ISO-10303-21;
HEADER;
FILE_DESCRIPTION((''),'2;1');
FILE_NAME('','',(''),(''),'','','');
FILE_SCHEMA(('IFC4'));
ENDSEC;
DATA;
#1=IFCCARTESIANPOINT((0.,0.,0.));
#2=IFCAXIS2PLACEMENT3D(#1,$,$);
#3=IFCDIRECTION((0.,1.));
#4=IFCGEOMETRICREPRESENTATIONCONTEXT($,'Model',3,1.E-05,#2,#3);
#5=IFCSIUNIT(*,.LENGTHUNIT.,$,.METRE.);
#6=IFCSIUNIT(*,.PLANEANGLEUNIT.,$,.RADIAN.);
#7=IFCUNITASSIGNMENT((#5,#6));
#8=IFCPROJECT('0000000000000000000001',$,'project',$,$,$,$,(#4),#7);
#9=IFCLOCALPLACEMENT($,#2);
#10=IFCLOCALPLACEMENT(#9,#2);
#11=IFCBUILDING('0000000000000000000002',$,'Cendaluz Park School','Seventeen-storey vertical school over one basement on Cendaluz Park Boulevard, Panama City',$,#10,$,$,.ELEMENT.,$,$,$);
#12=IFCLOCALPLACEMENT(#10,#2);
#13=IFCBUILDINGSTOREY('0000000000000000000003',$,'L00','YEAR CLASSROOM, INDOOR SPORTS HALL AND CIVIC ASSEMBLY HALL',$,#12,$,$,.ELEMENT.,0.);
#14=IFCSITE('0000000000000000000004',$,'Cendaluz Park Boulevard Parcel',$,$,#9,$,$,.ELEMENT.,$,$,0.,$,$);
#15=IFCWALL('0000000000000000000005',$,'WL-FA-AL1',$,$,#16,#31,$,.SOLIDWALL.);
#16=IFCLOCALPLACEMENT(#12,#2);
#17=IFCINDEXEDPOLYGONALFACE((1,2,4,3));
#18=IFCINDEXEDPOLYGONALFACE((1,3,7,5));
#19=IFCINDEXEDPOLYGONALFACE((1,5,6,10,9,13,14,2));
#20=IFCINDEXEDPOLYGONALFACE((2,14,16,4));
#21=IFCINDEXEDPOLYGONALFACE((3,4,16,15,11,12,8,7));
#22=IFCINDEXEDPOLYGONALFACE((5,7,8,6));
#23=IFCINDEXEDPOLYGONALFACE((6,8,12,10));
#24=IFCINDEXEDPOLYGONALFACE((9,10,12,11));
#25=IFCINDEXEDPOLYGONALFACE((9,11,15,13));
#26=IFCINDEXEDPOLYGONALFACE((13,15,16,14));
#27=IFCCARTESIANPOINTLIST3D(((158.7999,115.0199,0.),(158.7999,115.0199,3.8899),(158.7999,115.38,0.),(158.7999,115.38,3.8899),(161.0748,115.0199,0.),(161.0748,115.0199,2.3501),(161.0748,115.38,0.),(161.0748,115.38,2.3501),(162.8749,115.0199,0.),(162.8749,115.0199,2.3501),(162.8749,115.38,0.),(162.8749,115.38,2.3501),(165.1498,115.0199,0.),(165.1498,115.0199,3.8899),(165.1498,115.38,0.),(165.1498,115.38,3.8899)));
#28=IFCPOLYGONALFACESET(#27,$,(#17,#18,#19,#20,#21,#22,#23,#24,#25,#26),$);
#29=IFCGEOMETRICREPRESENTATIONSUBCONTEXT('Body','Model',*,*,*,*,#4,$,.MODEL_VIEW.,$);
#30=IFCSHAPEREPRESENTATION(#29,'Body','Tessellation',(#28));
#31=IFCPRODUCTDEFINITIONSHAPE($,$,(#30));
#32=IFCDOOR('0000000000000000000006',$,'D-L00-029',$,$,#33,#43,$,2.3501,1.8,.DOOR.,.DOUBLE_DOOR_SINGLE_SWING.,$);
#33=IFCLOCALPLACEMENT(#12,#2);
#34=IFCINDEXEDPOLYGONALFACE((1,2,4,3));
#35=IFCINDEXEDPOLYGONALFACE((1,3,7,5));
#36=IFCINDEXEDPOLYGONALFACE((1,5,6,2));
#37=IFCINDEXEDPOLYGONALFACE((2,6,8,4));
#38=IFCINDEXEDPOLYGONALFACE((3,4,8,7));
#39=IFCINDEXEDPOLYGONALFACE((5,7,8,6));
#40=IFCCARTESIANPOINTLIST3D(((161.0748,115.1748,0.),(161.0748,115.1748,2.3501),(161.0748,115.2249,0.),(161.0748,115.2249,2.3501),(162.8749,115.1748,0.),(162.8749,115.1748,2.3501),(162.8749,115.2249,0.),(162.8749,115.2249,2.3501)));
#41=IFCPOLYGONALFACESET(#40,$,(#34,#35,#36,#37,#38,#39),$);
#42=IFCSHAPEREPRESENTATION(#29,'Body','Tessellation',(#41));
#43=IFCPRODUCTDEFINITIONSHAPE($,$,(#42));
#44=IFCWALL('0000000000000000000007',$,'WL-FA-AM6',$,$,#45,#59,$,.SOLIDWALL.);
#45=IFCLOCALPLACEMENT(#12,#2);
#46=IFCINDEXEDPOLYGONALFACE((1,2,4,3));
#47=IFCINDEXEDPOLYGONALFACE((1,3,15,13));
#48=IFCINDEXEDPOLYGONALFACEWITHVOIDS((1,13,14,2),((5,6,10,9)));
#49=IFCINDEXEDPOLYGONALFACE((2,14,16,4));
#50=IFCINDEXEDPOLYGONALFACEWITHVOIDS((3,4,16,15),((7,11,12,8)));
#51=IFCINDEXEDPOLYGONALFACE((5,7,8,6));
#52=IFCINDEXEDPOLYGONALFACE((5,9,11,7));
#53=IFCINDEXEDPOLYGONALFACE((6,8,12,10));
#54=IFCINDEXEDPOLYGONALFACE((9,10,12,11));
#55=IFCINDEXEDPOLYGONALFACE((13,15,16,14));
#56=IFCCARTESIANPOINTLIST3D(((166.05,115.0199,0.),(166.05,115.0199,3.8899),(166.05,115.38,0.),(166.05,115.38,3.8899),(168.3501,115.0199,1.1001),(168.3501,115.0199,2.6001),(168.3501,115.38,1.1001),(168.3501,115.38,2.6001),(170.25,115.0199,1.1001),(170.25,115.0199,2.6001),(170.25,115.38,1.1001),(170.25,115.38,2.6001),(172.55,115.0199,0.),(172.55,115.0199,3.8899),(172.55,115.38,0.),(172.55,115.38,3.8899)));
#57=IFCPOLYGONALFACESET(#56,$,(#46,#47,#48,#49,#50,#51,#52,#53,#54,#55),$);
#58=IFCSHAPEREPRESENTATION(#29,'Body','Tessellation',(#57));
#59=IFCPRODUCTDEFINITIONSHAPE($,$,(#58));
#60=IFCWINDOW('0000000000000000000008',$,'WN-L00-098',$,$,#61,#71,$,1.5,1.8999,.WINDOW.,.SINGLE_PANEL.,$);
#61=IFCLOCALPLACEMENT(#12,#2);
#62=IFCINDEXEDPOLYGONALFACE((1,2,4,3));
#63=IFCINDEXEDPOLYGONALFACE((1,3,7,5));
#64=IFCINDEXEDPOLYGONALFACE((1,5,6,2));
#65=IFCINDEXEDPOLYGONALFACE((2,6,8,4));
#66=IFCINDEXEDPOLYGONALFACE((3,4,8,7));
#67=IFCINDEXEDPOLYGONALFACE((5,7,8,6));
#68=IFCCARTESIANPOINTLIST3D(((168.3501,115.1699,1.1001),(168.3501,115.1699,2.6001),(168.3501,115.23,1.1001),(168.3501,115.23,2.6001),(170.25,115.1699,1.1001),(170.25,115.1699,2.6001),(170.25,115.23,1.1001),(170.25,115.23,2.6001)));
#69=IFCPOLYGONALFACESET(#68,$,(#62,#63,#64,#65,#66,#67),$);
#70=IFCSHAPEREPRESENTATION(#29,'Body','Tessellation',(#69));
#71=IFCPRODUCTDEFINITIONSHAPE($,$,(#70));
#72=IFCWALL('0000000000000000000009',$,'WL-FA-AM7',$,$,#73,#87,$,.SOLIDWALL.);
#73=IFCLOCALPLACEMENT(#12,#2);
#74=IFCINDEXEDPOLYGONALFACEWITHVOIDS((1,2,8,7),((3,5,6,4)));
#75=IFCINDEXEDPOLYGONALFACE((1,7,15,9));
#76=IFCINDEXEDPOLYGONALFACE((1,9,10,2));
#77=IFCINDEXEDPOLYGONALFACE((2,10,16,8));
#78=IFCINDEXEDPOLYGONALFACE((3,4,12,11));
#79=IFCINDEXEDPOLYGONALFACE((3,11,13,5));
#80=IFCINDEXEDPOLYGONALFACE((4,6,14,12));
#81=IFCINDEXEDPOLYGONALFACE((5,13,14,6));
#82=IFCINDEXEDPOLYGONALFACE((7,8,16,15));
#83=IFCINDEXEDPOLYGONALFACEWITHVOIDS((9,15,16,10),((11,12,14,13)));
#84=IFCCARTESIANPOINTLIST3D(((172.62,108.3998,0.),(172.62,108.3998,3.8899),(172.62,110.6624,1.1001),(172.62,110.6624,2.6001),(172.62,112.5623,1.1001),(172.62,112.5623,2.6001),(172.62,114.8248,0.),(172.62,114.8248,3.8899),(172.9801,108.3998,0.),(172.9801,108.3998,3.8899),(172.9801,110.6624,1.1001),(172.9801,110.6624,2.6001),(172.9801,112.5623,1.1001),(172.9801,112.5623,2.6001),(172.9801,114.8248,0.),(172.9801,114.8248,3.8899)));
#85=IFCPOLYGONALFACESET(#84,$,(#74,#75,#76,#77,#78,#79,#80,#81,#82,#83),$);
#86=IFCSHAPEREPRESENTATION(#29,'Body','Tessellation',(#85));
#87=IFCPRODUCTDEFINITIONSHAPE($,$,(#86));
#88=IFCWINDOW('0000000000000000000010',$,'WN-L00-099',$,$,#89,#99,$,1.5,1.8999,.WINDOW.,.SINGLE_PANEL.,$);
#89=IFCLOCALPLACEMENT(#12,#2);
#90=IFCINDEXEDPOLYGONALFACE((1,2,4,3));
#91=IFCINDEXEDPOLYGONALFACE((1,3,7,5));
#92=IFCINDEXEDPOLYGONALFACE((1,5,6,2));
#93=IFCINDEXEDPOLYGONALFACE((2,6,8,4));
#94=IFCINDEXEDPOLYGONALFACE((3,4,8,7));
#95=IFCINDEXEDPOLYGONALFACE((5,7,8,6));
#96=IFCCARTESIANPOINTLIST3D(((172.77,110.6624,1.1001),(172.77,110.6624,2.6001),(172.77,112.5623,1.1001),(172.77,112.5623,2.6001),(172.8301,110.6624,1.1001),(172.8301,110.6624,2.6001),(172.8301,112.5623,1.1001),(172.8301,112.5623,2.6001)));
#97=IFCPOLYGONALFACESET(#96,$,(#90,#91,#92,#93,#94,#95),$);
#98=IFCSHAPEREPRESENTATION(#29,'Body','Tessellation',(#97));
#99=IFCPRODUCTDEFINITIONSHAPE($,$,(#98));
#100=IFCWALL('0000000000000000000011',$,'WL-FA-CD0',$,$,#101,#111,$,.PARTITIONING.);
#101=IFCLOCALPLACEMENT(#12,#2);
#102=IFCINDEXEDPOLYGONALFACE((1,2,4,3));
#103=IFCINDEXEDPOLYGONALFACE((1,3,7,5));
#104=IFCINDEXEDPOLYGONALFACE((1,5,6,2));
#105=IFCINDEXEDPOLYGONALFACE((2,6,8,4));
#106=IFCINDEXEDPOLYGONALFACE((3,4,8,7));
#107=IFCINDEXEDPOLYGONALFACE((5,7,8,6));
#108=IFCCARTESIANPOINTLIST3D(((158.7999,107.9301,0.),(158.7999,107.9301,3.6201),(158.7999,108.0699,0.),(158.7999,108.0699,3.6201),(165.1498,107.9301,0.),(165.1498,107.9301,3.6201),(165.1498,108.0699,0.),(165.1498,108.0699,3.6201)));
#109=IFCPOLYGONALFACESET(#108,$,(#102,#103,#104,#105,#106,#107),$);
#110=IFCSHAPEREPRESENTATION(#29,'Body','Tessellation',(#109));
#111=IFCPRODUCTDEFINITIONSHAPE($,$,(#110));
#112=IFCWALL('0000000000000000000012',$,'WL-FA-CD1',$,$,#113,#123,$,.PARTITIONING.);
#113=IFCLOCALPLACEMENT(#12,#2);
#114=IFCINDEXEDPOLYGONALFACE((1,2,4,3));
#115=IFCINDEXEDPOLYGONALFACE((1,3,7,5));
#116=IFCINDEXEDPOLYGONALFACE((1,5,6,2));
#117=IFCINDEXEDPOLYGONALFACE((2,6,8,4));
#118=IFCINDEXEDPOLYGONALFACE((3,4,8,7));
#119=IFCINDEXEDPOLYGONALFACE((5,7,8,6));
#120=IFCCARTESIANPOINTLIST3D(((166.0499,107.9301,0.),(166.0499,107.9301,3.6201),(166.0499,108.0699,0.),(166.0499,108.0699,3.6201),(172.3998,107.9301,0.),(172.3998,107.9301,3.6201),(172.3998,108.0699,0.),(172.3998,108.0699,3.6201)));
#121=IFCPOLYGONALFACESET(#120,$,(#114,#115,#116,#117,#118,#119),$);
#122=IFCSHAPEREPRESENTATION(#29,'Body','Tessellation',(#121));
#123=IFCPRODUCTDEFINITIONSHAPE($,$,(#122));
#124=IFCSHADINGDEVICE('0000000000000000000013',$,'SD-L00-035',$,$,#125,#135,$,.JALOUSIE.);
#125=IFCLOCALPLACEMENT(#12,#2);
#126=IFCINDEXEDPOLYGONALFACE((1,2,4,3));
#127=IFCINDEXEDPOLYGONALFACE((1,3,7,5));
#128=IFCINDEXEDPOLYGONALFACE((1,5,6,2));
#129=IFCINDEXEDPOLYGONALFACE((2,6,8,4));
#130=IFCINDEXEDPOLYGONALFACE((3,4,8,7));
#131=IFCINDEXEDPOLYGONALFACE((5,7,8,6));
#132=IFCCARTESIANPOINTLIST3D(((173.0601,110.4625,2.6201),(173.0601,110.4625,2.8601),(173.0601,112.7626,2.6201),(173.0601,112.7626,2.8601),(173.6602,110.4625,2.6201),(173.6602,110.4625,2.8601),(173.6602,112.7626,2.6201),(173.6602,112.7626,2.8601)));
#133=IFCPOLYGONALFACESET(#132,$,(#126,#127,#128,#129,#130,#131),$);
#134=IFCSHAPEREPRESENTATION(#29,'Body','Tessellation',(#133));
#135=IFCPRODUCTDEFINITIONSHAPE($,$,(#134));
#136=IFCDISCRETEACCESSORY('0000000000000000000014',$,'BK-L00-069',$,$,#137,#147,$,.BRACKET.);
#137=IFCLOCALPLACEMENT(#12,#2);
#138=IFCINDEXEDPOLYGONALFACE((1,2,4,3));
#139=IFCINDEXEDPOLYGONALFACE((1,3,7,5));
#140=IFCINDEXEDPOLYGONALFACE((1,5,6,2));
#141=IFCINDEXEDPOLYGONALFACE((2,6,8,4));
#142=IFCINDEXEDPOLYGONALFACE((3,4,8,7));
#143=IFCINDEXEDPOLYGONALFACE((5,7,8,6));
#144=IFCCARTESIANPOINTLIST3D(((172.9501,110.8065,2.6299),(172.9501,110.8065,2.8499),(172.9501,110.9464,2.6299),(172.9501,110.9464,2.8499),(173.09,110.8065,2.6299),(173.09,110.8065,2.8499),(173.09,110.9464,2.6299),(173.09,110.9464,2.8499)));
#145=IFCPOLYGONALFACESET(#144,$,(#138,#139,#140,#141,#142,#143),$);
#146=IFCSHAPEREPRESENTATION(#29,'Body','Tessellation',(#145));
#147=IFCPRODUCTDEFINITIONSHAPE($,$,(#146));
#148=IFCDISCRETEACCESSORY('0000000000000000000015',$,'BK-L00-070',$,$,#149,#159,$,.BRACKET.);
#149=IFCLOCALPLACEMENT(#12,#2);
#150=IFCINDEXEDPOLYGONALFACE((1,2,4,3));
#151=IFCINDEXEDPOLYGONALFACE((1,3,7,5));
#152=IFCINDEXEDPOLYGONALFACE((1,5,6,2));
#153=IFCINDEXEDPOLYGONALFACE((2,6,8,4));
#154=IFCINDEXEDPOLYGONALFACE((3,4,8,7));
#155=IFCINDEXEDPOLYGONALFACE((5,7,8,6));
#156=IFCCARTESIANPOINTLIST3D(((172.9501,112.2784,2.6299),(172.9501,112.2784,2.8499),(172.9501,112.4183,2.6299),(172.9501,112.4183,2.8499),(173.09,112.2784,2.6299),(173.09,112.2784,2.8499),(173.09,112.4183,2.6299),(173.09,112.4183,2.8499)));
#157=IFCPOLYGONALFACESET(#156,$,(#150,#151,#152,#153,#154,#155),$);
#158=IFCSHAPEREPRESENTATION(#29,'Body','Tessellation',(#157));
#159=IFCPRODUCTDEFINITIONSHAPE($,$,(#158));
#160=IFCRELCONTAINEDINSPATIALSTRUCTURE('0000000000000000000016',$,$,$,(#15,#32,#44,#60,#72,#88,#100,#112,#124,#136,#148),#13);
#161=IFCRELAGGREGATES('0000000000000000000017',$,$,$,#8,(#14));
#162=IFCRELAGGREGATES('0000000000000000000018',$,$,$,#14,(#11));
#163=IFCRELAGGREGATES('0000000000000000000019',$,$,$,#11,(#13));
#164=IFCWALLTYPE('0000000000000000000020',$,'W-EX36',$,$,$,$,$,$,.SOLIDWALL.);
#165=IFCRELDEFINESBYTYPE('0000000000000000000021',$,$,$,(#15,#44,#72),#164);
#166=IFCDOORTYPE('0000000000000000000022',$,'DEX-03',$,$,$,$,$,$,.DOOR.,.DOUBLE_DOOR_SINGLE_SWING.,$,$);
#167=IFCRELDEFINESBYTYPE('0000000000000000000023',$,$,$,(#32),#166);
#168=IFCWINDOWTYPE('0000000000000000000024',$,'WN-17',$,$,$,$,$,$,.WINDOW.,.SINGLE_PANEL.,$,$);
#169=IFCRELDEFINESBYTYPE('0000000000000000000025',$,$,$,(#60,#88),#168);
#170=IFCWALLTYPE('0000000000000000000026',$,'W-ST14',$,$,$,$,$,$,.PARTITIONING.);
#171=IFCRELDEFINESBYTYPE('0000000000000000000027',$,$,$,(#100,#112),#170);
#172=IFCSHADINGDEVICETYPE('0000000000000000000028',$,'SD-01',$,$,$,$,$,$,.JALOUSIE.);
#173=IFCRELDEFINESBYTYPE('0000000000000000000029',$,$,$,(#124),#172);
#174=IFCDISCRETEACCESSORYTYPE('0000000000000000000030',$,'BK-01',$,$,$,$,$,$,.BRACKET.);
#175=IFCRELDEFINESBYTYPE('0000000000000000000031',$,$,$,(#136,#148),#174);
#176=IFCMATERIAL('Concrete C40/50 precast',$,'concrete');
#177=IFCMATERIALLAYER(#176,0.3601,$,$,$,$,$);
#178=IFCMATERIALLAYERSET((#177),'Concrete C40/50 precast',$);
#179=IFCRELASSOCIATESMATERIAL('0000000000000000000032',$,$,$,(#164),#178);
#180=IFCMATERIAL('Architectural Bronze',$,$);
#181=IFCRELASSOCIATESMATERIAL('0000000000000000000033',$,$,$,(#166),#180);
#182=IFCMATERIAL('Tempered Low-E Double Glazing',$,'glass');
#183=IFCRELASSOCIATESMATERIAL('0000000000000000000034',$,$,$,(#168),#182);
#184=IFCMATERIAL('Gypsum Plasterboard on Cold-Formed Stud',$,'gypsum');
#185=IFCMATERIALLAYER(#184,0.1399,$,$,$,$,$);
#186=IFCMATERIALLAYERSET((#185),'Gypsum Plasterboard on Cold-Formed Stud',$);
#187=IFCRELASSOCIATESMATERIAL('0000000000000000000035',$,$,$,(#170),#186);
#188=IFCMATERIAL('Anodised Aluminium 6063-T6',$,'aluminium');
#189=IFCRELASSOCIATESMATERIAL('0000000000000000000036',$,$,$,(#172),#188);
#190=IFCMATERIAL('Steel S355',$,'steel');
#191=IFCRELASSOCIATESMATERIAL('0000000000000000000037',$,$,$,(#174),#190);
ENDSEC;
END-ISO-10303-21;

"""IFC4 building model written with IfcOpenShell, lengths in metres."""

from ifc_helpers import new_model, si_unit, direction, frame, frame_2d, origin, origin_2d, place, context, subcontext, project, spatial, rectangle, extrude, material, layer, layer_set, type_object, element, fill, save


model = new_model("IFC4")

# Units and contexts
model_context = context("Model", 3, precision=1e-05, world=origin(), true_north=direction((0.0, 1.0)))
body_context = subcontext(model_context, "Body", "Model", "MODEL_VIEW")
ifc_project = project(units=[si_unit("LENGTHUNIT", "METRE"), si_unit("PLANEANGLEUNIT", "RADIAN")], contexts=[model_context])

# Site, building, storey
site_placement = place(None, origin())
site = spatial("IfcSite", under=ifc_project, at=site_placement, Name="Cendaluz Park Boulevard Parcel", CompositionType="ELEMENT", RefElevation=0.0)
building_placement = place(site_placement, origin())
building = spatial("IfcBuilding", under=site, at=building_placement, Name="Cendaluz Park School", Description="Seventeen-storey vertical school over one basement on Cendaluz Park Boulevard, Panama City", CompositionType="ELEMENT")
storey_placement = place(building_placement, origin())
storey = spatial("IfcBuildingStorey", under=building, at=storey_placement, Name="L00", Description="YEAR CLASSROOM, INDOOR SPORTS HALL AND CIVIC ASSEMBLY HALL", CompositionType="ELEMENT", Elevation=0.0)

# Wall, opening, door
ifc_material_1 = material(Name="Concrete C40/50 precast", Category="concrete")
ifc_layer_1 = layer(ifc_material_1, 0.3601)
ifc_layer_set_1 = layer_set([ifc_layer_1], Name="Concrete C40/50 precast")
wall_type_1 = type_object("IfcWallType", Name="W-EX36", PredefinedType="SOLIDWALL", material=ifc_layer_set_1)
wall_1_placement = place(storey_placement, frame((158.8, 115.2, 0.0), z_axis=(0.0, 0.0, 1.0), x_axis=(1.0, 0.0, 0.0)))
wall_1 = element("IfcWall", 1, at=wall_1_placement, inside=storey, type_object=wall_type_1, Name="WL-FA-AL1", PredefinedType="SOLIDWALL", context=body_context, shape_type="SweptSolid", body=[
    extrude(rectangle(XDim=6.3499, YDim=0.3601, at=frame_2d((3.1748, 0.0))), origin(), (0.0, 0.0, 1.0), 3.8899),
])
opening_1_placement = place(wall_1_placement, frame((2.2749, 0.0, 0.0)))
opening_1 = element("IfcOpeningElement", 2, at=opening_1_placement, cuts=wall_1, PredefinedType="OPENING", context=body_context, shape_type="SweptSolid", body=[
    extrude(rectangle(XDim=1.8, YDim=2.3501, at=frame_2d((0.8999, 1.175))), frame((0.0, 0.1921, 0.0), z_axis=(0.0, -1.0, 0.0), x_axis=(1.0, 0.0, 0.0)), (0.0, 0.0, 1.0), 0.384),
])
ifc_material_2 = material(Name="Architectural Bronze")
door_type = type_object("IfcDoorType", Name="DEX-03", OperationType="DOUBLE_DOOR_SINGLE_SWING", PredefinedType="DOOR", material=ifc_material_2)
door_placement = place(opening_1_placement, origin())
door = element("IfcDoor", 3, at=door_placement, inside=storey, type_object=door_type, Name="D-L00-029", OperationType="DOUBLE_DOOR_SINGLE_SWING", OverallHeight=2.3501, OverallWidth=1.8, PredefinedType="DOOR", context=body_context, shape_type="SweptSolid", body=[
    extrude(rectangle(XDim=1.8, YDim=2.3501, at=frame_2d((0.8999, 1.175))), frame((0.0, 0.0249, 0.0), z_axis=(0.0, -1.0, 0.0), x_axis=(1.0, 0.0, 0.0)), (0.0, 0.0, 1.0), 0.05),
])
fill(opening_1, door)

# Walls, openings, windows
wall_2_placement = place(storey_placement, frame((166.05, 115.2, 0.0), z_axis=(0.0, 0.0, 1.0), x_axis=(1.0, 0.0, 0.0)))
wall_2 = element("IfcWall", 4, at=wall_2_placement, inside=storey, type_object=wall_type_1, Name="WL-FA-AM6", PredefinedType="SOLIDWALL", context=body_context, shape_type="SweptSolid", body=[
    extrude(rectangle(XDim=6.5, YDim=0.3601, at=frame_2d((3.25, 0.0))), origin(), (0.0, 0.0, 1.0), 3.8899),
])
opening_2_placement = place(wall_2_placement, frame((2.3, 0.0, 1.1001)))
opening_2 = element("IfcOpeningElement", 5, at=opening_2_placement, cuts=wall_2, PredefinedType="OPENING", context=body_context, shape_type="SweptSolid", body=[
    extrude(rectangle(XDim=1.8999, YDim=1.5, at=frame_2d((0.95, 0.75))), frame((0.0, 0.1921, 0.0), z_axis=(0.0, -1.0, 0.0), x_axis=(1.0, 0.0, 0.0)), (0.0, 0.0, 1.0), 0.384),
])
ifc_material_3 = material(Name="Tempered Low-E Double Glazing", Category="glass")
window_type = type_object("IfcWindowType", Name="WN-17", PartitioningType="SINGLE_PANEL", PredefinedType="WINDOW", material=ifc_material_3)
window_1_placement = place(opening_2_placement, origin())
window_1 = element("IfcWindow", 6, at=window_1_placement, inside=storey, type_object=window_type, Name="WN-L00-098", OverallHeight=1.5, OverallWidth=1.8999, PartitioningType="SINGLE_PANEL", PredefinedType="WINDOW", context=body_context, shape_type="SweptSolid", body=[
    extrude(rectangle(XDim=1.8999, YDim=1.5, at=frame_2d((0.95, 0.75))), frame((0.0, 0.03, 0.0), z_axis=(0.0, -1.0, 0.0), x_axis=(1.0, 0.0, 0.0)), (0.0, 0.0, 1.0), 0.0601),
])
fill(opening_2, window_1)
wall_3_placement = place(storey_placement, frame((172.8, 108.3999, 0.0), z_axis=(0.0, 0.0, 1.0), x_axis=(0.0, 1.0, 0.0)))
wall_3 = element("IfcWall", 7, at=wall_3_placement, inside=storey, type_object=wall_type_1, Name="WL-FA-AM7", PredefinedType="SOLIDWALL", context=body_context, shape_type="SweptSolid", body=[
    extrude(rectangle(XDim=6.425, YDim=0.3601, at=frame_2d((3.2124, 0.0))), origin(), (0.0, 0.0, 1.0), 3.8899),
])
opening_3_placement = place(wall_3_placement, frame((2.2625, 0.0, 1.1001)))
opening_3 = element("IfcOpeningElement", 8, at=opening_3_placement, cuts=wall_3, PredefinedType="OPENING", context=body_context, shape_type="SweptSolid", body=[
    extrude(rectangle(XDim=1.8999, YDim=1.5, at=frame_2d((0.95, 0.75))), frame((0.0, 0.1921, 0.0), z_axis=(0.0, -1.0, 0.0), x_axis=(1.0, 0.0, 0.0)), (0.0, 0.0, 1.0), 0.384),
])
window_2_placement = place(opening_3_placement, origin())
window_2 = element("IfcWindow", 9, at=window_2_placement, inside=storey, type_object=window_type, Name="WN-L00-099", OverallHeight=1.5, OverallWidth=1.8999, PartitioningType="SINGLE_PANEL", PredefinedType="WINDOW", context=body_context, shape_type="SweptSolid", body=[
    extrude(rectangle(XDim=1.8999, YDim=1.5, at=frame_2d((0.95, 0.75))), frame((0.0, 0.03, 0.0), z_axis=(0.0, -1.0, 0.0), x_axis=(1.0, 0.0, 0.0)), (0.0, 0.0, 1.0), 0.0601),
])
fill(opening_3, window_2)

# Walls
ifc_material_4 = material(Name="Gypsum Plasterboard on Cold-Formed Stud", Category="gypsum")
ifc_layer_2 = layer(ifc_material_4, 0.1399)
ifc_layer_set_2 = layer_set([ifc_layer_2], Name="Gypsum Plasterboard on Cold-Formed Stud")
wall_type_2 = type_object("IfcWallType", Name="W-ST14", PredefinedType="PARTITIONING", material=ifc_layer_set_2)
for number, where, z_axis, x_axis, name in (
    (10, (158.8, 108.0, 0.0), (0.0, 0.0, 1.0), (1.0, 0.0, 0.0), "WL-FA-CD0"),
    (11, (166.05, 108.0, 0.0), (0.0, 0.0, 1.0), (1.0, 0.0, 0.0), "WL-FA-CD1"),
):
    element("IfcWall", number, at=place(storey_placement, frame(where, z_axis=z_axis, x_axis=x_axis)), inside=storey, type_object=wall_type_2, Name=name, PredefinedType="PARTITIONING", context=body_context, shape_type="SweptSolid", body=[
        extrude(rectangle(XDim=6.3499, YDim=0.1399, at=frame_2d((3.1748, 0.0))), origin(), (0.0, 0.0, 1.0), 3.6201),
    ])

# Shading device
ifc_material_5 = material(Name="Anodised Aluminium 6063-T6", Category="aluminium")
shading_device_type = type_object("IfcShadingDeviceType", Name="SD-01", PredefinedType="JALOUSIE", material=ifc_material_5)
shading_device_placement = place(storey_placement, frame((173.3601, 111.6125, 2.6201), z_axis=(0.0, 0.0, 1.0), x_axis=(0.0, 1.0, 0.0)))
element("IfcShadingDevice", 12, at=shading_device_placement, inside=storey, type_object=shading_device_type, Name="SD-L00-035", PredefinedType="JALOUSIE", context=body_context, shape_type="SweptSolid", body=[
    extrude(rectangle(XDim=2.3, YDim=0.6001, at=origin_2d()), origin(), (0.0, 0.0, 1.0), 0.24),
])

# Discrete accessories
ifc_material_6 = material(Name="Steel S355", Category="steel")
discrete_accessory_type = type_object("IfcDiscreteAccessoryType", Name="BK-01", PredefinedType="BRACKET", material=ifc_material_6)
for number, where, z_axis, x_axis, name in (
    (13, (173.02, 110.8765, 2.6299), (0.0, 0.0, 1.0), (0.0, 1.0, 0.0), "BK-L00-069"),
    (14, (173.02, 112.3484, 2.6299), (0.0, 0.0, 1.0), (0.0, 1.0, 0.0), "BK-L00-070"),
):
    element("IfcDiscreteAccessory", number, at=place(storey_placement, frame(where, z_axis=z_axis, x_axis=x_axis)), inside=storey, type_object=discrete_accessory_type, Name=name, PredefinedType="BRACKET", context=body_context, shape_type="SweptSolid", body=[
        extrude(rectangle(XDim=0.1399, YDim=0.1399, at=origin_2d()), origin(), (0.0, 0.0, 1.0), 0.22),
    ])

save(model, "model.ifc")
